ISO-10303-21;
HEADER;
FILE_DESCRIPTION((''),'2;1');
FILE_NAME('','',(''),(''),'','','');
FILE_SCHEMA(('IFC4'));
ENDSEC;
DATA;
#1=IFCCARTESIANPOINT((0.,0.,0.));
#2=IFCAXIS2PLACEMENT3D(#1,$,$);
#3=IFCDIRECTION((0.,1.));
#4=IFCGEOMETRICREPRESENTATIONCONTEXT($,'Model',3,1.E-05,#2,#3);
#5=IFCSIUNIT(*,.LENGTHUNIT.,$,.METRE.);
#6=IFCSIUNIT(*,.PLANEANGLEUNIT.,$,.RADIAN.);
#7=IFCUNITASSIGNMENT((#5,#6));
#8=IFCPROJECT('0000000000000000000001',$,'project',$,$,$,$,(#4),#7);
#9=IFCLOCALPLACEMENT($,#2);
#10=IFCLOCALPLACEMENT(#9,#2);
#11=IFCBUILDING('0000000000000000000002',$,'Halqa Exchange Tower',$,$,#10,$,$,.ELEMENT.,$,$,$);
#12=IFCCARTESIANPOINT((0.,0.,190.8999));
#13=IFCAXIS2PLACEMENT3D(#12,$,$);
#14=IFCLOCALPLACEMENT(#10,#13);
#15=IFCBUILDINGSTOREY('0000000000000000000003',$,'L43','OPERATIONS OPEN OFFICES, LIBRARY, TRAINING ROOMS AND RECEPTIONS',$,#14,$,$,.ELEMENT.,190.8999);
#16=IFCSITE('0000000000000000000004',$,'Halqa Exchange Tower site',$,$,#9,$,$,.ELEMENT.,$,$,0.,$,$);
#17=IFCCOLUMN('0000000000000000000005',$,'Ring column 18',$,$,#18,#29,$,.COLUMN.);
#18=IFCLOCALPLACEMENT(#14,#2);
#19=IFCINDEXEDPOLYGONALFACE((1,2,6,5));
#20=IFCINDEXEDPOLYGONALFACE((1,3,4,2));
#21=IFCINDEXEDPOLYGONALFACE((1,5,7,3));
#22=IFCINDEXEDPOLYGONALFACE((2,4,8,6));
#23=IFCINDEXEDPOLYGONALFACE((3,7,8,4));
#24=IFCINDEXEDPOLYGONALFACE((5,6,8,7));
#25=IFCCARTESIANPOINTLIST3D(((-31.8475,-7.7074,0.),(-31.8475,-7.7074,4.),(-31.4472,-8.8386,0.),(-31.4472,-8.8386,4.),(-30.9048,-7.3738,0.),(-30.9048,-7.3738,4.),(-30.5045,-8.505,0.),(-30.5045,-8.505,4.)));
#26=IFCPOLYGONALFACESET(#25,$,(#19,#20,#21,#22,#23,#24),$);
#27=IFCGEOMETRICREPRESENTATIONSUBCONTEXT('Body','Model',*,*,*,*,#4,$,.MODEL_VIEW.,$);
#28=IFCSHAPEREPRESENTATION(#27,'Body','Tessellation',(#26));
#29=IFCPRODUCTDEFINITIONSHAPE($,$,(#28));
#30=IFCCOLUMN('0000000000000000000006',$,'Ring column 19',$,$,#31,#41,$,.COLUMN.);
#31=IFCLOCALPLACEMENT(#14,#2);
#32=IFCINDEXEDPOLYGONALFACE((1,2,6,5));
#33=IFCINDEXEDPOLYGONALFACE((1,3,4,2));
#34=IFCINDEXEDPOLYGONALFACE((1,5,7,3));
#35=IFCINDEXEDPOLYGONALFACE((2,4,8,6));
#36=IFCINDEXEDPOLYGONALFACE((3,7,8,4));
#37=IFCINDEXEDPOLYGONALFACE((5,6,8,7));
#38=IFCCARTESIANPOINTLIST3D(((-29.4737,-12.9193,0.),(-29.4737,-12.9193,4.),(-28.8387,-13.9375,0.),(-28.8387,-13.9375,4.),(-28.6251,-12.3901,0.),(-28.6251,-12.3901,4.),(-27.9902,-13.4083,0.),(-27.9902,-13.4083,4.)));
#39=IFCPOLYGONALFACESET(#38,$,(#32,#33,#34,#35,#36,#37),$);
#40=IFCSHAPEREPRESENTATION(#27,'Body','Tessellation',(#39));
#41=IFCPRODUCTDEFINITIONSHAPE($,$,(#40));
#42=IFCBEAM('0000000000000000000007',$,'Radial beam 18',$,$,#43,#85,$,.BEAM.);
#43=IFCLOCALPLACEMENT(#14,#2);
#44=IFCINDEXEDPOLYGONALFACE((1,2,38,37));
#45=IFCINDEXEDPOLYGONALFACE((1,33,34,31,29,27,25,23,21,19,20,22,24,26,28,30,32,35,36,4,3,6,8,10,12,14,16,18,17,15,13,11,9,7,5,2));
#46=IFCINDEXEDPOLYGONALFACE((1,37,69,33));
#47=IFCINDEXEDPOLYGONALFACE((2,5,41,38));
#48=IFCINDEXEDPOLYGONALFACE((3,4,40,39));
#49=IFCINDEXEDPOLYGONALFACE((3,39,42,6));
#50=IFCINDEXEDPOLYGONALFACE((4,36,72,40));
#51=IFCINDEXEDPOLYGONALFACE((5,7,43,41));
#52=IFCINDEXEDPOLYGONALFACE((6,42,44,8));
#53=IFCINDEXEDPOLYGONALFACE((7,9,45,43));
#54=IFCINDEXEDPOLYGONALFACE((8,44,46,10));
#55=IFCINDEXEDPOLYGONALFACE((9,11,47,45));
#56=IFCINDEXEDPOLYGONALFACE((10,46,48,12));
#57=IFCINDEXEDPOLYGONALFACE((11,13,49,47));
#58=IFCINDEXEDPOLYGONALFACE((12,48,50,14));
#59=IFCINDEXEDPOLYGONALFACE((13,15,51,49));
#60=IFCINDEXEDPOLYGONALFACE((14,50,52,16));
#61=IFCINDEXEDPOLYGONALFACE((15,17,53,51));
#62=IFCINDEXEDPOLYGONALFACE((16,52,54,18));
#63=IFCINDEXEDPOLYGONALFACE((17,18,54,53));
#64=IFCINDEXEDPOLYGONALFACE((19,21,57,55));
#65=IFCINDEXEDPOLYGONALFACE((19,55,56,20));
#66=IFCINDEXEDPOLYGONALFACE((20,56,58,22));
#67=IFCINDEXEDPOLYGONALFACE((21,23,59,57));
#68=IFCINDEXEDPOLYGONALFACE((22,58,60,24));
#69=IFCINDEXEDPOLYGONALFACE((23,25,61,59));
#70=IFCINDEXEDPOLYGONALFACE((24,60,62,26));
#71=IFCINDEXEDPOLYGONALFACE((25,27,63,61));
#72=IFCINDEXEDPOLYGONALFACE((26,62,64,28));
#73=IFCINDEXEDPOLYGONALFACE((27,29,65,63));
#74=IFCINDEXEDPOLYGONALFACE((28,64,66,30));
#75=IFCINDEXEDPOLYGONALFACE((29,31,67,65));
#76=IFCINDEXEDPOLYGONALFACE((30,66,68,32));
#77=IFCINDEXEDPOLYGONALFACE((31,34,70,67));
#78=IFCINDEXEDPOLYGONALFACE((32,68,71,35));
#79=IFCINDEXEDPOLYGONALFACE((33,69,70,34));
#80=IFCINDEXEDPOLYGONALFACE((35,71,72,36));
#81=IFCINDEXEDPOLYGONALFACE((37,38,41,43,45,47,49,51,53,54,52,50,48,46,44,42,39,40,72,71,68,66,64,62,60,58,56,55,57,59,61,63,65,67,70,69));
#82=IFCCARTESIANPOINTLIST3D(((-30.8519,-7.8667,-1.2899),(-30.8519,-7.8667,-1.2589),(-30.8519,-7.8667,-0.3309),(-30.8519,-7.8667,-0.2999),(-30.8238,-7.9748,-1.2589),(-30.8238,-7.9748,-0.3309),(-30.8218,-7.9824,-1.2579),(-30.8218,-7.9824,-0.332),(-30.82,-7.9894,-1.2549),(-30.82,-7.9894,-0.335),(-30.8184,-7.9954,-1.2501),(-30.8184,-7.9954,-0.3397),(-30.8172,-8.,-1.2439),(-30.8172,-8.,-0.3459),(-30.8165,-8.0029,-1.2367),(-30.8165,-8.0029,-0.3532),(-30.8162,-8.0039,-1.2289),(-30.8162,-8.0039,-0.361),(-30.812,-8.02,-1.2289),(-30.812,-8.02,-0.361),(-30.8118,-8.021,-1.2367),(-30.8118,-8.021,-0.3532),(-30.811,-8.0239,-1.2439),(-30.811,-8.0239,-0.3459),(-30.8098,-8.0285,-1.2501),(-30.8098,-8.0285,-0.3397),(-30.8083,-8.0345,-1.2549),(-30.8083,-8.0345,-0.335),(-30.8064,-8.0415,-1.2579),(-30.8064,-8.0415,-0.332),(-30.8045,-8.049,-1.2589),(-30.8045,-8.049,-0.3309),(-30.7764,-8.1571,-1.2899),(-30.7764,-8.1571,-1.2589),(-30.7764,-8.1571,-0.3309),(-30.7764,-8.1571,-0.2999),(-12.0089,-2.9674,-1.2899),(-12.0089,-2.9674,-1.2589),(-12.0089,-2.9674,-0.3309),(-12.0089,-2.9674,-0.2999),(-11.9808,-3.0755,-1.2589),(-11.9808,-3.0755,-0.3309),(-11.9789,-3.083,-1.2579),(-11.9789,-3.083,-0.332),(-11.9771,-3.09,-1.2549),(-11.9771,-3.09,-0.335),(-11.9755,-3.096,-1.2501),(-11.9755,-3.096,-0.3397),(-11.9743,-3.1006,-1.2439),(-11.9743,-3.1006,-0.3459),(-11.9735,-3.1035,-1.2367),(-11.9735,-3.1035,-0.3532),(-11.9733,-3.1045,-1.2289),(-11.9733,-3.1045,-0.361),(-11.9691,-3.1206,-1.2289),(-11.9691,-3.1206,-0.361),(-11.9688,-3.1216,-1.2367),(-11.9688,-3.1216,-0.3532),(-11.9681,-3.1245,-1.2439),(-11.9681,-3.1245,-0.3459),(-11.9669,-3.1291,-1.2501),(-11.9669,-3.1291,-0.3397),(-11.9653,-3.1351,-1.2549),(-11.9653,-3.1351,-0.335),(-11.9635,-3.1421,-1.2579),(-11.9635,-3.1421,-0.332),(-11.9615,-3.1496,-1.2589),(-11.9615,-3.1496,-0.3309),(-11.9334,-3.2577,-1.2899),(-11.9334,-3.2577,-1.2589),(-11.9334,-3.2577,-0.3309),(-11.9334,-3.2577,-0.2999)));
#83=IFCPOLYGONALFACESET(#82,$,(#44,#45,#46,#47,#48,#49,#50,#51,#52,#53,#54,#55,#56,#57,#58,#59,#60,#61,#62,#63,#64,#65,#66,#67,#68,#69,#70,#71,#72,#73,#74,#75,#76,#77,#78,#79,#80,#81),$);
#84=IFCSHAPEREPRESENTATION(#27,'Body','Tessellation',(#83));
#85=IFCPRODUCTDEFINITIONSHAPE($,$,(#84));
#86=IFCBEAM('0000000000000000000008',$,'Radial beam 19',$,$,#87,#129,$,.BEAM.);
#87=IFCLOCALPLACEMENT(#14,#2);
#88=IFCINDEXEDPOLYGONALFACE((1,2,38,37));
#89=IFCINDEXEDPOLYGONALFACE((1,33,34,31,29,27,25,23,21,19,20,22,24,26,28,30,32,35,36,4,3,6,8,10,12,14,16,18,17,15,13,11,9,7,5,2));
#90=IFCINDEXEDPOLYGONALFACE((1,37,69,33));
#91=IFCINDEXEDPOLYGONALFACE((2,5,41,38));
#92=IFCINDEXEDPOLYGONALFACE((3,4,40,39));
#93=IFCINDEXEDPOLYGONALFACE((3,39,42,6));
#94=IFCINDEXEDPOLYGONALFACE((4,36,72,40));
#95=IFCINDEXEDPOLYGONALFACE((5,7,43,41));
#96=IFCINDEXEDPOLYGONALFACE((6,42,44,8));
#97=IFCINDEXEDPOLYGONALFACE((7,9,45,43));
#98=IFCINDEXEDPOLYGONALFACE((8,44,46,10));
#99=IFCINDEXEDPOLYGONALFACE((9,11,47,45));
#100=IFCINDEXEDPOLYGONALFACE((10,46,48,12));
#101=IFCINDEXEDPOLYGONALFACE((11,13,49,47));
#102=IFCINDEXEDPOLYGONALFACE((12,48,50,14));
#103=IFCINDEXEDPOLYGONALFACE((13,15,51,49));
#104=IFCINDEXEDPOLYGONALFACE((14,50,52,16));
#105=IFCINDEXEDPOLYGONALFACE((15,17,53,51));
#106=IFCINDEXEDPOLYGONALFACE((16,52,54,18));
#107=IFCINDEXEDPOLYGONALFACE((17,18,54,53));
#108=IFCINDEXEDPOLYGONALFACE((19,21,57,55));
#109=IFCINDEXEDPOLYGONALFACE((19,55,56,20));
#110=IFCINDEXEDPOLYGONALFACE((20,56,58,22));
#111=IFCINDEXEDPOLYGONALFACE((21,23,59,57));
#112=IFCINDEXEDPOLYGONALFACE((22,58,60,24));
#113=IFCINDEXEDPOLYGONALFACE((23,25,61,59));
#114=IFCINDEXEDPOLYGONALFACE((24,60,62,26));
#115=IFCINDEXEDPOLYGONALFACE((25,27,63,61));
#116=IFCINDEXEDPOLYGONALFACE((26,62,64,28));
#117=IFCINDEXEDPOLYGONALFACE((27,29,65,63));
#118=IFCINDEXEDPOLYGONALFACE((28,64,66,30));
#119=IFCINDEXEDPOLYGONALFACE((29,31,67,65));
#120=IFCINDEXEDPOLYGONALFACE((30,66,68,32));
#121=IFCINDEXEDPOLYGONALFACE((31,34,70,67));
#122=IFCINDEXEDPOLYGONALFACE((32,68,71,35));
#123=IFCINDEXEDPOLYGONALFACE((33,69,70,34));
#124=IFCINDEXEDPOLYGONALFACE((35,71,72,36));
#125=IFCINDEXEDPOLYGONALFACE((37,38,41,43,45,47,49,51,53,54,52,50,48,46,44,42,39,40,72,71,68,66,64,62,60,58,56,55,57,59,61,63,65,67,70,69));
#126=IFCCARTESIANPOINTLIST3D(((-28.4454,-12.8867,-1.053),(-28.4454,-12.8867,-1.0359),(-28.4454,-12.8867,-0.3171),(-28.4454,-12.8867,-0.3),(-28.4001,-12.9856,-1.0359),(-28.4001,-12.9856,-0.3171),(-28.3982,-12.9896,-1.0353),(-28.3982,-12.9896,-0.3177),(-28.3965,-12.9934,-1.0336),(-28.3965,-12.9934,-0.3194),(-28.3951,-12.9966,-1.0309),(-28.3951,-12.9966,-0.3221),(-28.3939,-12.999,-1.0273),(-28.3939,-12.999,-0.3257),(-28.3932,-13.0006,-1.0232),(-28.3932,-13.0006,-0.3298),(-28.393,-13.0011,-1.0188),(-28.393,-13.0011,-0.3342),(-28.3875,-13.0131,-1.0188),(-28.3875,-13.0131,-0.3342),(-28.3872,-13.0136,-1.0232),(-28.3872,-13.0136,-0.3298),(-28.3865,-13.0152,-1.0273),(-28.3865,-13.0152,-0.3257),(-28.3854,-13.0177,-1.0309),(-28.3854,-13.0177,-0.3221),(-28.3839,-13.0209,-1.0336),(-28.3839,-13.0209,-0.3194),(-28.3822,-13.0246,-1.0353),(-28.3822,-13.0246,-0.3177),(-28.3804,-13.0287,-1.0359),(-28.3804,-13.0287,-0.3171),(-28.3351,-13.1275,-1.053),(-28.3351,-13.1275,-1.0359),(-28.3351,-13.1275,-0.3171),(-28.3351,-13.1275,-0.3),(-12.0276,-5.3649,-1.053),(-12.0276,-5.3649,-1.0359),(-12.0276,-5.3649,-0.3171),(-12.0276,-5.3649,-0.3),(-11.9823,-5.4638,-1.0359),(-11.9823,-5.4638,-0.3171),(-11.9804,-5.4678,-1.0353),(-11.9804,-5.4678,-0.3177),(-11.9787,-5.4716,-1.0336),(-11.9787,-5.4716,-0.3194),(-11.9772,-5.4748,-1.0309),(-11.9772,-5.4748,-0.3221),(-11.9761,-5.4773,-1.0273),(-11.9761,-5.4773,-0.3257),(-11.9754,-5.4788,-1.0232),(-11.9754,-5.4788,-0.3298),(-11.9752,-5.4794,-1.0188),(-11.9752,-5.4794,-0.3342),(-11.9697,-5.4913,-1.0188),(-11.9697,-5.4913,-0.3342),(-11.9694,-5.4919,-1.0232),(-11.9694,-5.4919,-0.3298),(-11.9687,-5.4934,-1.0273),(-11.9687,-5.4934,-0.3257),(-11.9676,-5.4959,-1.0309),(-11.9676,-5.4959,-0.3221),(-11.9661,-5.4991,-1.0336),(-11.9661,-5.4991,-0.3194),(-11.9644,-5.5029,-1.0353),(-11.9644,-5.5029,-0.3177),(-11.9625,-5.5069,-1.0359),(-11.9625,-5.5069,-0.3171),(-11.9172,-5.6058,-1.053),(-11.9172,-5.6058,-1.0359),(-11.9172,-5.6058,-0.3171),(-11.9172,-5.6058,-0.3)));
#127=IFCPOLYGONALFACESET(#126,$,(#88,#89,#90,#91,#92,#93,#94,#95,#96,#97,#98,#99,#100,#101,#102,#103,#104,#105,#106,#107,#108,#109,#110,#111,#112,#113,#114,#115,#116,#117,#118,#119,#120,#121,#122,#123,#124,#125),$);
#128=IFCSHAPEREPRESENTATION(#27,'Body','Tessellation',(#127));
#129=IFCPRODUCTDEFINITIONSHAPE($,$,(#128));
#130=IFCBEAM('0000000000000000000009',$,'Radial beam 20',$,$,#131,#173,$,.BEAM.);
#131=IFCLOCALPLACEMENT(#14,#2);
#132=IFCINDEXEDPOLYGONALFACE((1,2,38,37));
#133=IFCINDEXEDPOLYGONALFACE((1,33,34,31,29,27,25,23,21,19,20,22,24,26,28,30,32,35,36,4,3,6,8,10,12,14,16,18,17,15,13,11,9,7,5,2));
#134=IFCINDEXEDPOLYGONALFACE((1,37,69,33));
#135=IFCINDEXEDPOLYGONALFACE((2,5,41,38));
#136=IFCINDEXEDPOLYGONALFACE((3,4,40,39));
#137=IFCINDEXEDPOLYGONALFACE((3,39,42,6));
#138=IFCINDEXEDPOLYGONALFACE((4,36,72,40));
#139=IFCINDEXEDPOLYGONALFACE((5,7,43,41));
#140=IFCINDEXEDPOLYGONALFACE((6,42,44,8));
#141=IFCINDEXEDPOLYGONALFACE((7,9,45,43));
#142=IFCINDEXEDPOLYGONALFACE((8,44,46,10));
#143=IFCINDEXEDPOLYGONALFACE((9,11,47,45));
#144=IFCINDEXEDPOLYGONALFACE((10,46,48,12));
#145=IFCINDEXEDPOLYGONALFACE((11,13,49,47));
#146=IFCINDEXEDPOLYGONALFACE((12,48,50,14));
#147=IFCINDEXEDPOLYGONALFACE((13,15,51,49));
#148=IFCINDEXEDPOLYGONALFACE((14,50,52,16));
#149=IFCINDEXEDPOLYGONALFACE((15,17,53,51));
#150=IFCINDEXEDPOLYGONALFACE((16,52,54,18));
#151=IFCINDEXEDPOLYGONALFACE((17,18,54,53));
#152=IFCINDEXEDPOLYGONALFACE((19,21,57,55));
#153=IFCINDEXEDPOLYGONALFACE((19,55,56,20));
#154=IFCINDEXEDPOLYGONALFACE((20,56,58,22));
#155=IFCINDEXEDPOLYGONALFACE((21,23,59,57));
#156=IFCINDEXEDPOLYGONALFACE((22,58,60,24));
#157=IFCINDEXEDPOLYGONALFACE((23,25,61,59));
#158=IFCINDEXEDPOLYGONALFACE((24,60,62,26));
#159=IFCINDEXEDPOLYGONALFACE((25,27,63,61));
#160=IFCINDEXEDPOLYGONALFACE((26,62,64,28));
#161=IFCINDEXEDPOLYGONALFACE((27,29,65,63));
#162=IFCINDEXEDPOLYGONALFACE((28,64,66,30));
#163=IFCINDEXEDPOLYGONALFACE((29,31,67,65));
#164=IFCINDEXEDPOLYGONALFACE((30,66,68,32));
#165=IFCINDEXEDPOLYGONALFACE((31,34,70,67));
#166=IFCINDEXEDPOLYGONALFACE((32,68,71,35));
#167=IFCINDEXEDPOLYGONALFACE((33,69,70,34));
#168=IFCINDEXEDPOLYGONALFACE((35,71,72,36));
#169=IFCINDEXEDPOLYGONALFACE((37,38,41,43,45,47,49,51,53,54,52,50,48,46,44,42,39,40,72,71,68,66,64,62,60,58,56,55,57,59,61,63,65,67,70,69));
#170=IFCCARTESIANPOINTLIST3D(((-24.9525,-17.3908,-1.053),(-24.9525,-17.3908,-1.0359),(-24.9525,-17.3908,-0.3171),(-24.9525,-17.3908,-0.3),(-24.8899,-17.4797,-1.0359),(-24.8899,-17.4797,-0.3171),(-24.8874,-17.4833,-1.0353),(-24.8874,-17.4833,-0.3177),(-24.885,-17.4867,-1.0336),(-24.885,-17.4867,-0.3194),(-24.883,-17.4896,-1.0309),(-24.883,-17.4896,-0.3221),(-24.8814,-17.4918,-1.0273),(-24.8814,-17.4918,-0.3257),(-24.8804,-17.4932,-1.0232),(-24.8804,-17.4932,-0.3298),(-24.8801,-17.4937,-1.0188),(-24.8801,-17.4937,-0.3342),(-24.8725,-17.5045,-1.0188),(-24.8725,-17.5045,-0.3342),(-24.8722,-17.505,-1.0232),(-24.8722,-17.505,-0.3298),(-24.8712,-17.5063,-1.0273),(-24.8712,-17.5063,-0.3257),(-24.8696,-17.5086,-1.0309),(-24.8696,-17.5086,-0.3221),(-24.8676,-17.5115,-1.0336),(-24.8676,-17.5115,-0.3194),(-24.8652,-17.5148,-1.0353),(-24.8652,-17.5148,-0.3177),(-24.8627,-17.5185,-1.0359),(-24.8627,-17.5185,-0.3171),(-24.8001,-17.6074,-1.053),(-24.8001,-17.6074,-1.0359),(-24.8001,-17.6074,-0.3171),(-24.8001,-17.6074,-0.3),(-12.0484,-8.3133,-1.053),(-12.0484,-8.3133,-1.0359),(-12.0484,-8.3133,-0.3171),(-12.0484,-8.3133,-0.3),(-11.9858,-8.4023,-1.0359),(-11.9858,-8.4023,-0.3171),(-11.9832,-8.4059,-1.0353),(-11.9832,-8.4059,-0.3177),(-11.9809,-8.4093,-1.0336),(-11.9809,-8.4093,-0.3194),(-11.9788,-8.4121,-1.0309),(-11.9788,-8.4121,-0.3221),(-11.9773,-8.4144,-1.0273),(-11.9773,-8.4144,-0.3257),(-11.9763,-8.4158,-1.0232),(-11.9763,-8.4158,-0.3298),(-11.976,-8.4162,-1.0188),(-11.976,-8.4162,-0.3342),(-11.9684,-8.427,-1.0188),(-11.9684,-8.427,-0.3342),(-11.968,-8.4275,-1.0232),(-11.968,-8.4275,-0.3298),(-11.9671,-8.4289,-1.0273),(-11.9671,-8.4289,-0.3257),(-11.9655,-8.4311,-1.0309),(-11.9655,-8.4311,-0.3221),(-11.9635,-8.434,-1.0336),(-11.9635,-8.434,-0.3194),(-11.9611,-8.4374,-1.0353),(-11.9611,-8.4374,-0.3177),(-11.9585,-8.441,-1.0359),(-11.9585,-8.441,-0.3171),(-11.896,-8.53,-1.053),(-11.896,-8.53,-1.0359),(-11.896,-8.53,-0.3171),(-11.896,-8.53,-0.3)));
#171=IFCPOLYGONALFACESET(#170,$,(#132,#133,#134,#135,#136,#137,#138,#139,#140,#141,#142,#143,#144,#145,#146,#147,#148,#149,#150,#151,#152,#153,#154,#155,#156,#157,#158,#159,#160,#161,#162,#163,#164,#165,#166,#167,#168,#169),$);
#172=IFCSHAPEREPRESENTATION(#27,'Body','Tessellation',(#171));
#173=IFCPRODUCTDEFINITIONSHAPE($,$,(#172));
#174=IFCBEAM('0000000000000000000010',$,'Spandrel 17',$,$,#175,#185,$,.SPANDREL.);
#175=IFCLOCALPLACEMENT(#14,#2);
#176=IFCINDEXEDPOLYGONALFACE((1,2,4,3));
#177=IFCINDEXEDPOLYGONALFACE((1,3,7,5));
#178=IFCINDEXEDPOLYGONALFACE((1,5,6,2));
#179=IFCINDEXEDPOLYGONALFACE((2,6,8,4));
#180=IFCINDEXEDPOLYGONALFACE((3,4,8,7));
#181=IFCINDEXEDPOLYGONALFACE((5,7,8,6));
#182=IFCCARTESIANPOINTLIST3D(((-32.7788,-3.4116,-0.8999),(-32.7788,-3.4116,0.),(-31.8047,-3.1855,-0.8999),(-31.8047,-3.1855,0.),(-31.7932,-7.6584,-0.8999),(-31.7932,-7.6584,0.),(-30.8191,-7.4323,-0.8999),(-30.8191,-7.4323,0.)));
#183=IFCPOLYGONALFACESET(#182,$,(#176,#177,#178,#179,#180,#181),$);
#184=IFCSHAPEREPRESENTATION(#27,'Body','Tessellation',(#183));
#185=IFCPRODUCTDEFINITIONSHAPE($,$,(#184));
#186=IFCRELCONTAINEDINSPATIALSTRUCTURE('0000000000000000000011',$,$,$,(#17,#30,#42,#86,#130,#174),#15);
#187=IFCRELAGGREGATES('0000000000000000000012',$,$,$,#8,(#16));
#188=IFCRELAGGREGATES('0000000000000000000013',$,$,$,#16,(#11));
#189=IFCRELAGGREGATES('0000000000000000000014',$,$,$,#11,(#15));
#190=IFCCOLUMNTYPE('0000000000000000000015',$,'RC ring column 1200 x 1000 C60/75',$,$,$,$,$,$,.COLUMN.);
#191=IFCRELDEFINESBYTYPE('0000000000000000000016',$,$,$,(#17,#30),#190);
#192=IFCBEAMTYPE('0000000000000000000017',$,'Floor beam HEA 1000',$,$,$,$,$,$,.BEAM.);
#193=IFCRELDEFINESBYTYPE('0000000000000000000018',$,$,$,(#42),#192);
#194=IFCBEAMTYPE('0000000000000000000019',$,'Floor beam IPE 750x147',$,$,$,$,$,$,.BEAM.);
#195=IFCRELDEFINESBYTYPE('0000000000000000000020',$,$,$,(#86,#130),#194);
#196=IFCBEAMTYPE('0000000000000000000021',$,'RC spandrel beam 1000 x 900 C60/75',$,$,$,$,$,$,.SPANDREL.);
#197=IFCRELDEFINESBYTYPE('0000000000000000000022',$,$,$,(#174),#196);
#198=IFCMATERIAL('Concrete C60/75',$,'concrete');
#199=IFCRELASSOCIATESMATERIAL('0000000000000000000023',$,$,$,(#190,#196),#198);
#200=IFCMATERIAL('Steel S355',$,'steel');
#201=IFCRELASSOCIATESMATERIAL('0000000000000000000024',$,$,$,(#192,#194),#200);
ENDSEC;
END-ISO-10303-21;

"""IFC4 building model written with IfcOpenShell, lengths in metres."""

from ifc_helpers import new_model, si_unit, direction, frame, origin, origin_2d, place, context, subcontext, project, spatial, rectangle, i_section, extrude, material, material_profile, profile_set, type_object, element, save


model = new_model("IFC4")

# Units and contexts
model_context = context("Model", 3, precision=1e-05, world=origin(), true_north=direction((0.0, 1.0)))
body_context = subcontext(model_context, "Body", "Model", "MODEL_VIEW")
ifc_project = project(units=[si_unit("LENGTHUNIT", "METRE"), si_unit("PLANEANGLEUNIT", "RADIAN")], contexts=[model_context])

# Site, building, storey
site_placement = place(None, origin())
site = spatial("IfcSite", under=ifc_project, at=site_placement, Name="Halqa Exchange Tower site", CompositionType="ELEMENT", RefElevation=0.0)
building_placement = place(site_placement, origin())
building = spatial("IfcBuilding", under=site, at=building_placement, Name="Halqa Exchange Tower", CompositionType="ELEMENT")
storey_placement = place(building_placement, frame((0.0, 0.0, 190.8999)))
storey = spatial("IfcBuildingStorey", under=building, at=storey_placement, Name="L43", Description="OPERATIONS OPEN OFFICES, LIBRARY, TRAINING ROOMS AND RECEPTIONS", CompositionType="ELEMENT", Elevation=190.8999)

# Columns
ifc_material_1 = material(Name="Concrete C60/75", Category="concrete")
ifc_material_profile_1 = material_profile(ifc_material_1, rectangle(XDim=1.2, YDim=1.0, at=origin_2d()), Name="1200 x 1000")
ifc_profile_set_1 = profile_set([ifc_material_profile_1], Name="Concrete C60/75")
column_type = type_object("IfcColumnType", Name="RC ring column 1200 x 1000 C60/75", PredefinedType="COLUMN", material=ifc_profile_set_1)
for number, where, z_axis, x_axis, name in (
    (1, (-31.176, -8.1062, 0.0), (0.0, 0.0, 1.0), (0.333626, -0.942706, 0.0), "Ring column 18"),
    (2, (-28.7319, -13.1638, 0.0), (0.0, 0.0, 1.0), (0.529145, -0.848531, 0.0), "Ring column 19"),
):
    element("IfcColumn", number, at=place(storey_placement, frame(where, z_axis=z_axis, x_axis=x_axis)), inside=storey, type_object=column_type, Name=name, PredefinedType="COLUMN", context=body_context, shape_type="SweptSolid", body=[
        extrude(rectangle(XDim=1.2, YDim=1.0, at=origin_2d()), origin(), (0.0, 0.0, 1.0), 4.0),
    ])

# Beams
ifc_material_2 = material(Name="Steel S355", Category="steel")
ifc_material_profile_2 = material_profile(ifc_material_2, i_section(OverallWidth=0.3, OverallDepth=0.99, WebThickness=0.0166, FlangeThickness=0.031, FilletRadius=0.03, at=origin_2d()), Name="HEA 1000")
ifc_profile_set_2 = profile_set([ifc_material_profile_2], Name="Steel S355")
beam_type_1 = type_object("IfcBeamType", Name="Floor beam HEA 1000", PredefinedType="BEAM", material=ifc_profile_set_2)
beam_1_placement = place(storey_placement, frame((-11.9712, -3.1125, -0.7949), z_axis=(-0.96782, -0.251645, 0.0), x_axis=(0.251645, -0.96782, 0.0)))
element("IfcBeam", 3, at=beam_1_placement, inside=storey, type_object=beam_type_1, Name="Radial beam 18", PredefinedType="BEAM", context=body_context, shape_type="SweptSolid", body=[
    extrude(i_section(OverallWidth=0.3, OverallDepth=0.99, WebThickness=0.0166, FlangeThickness=0.031, FilletRadius=0.03, at=origin_2d()), origin(), (0.0, 0.0, 1.0), 19.4695),
])
ifc_material_profile_3 = material_profile(ifc_material_2, i_section(OverallWidth=0.2649, OverallDepth=0.7529, WebThickness=0.0132, FlangeThickness=0.0171, FilletRadius=0.0171, at=origin_2d()), Name="IPE 750x147")
ifc_profile_set_3 = profile_set([ifc_material_profile_3], Name="Steel S355")
beam_type_2 = type_object("IfcBeamType", Name="Floor beam IPE 750x147", PredefinedType="BEAM", material=ifc_profile_set_3)
beam_2_placement = place(storey_placement, frame((-11.9724, -5.4854, -0.6765), z_axis=(-0.909129, -0.416515, 0.0), x_axis=(0.416515, -0.909129, 0.0)))
element("IfcBeam", 4, at=beam_2_placement, inside=storey, type_object=beam_type_2, Name="Radial beam 19", PredefinedType="BEAM", context=body_context, shape_type="SweptSolid", body=[
    extrude(i_section(OverallWidth=0.2649, OverallDepth=0.7529, WebThickness=0.0132, FlangeThickness=0.0171, FilletRadius=0.0171, at=origin_2d()), origin(), (0.0, 0.0, 1.0), 18.0588),
])
beam_3_placement = place(storey_placement, frame((-11.9722, -8.4216, -0.6765), z_axis=(-0.817903, -0.575356, 0.0), x_axis=(0.575356, -0.817903, 0.0)))
element("IfcBeam", 5, at=beam_3_placement, inside=storey, type_object=beam_type_2, Name="Radial beam 20", PredefinedType="BEAM", context=body_context, shape_type="SweptSolid", body=[
    extrude(i_section(OverallWidth=0.2649, OverallDepth=0.7529, WebThickness=0.0132, FlangeThickness=0.0171, FilletRadius=0.0171, at=origin_2d()), origin(), (0.0, 0.0, 1.0), 15.7771),
])
ifc_material_profile_4 = material_profile(ifc_material_1, rectangle(XDim=1.0, YDim=0.8999, at=origin_2d()), Name="1000 x 900")
ifc_profile_set_4 = profile_set([ifc_material_profile_4], Name="Concrete C60/75")
beam_type_3 = type_object("IfcBeamType", Name="RC spandrel beam 1000 x 900 C60/75", PredefinedType="SPANDREL", material=ifc_profile_set_4)
beam_4_placement = place(storey_placement, frame((-32.2917, -3.2986, -0.45), z_axis=(0.22607, -0.974111, 0.0), x_axis=(0.974111, 0.22607, 0.0)))
element("IfcBeam", 6, at=beam_4_placement, inside=storey, type_object=beam_type_3, Name="Spandrel 17", PredefinedType="SPANDREL", context=body_context, shape_type="SweptSolid", body=[
    extrude(rectangle(XDim=1.0, YDim=0.8999, at=origin_2d()), origin(), (0.0, 0.0, 1.0), 4.3596),
])

save(model, "model.ifc")
